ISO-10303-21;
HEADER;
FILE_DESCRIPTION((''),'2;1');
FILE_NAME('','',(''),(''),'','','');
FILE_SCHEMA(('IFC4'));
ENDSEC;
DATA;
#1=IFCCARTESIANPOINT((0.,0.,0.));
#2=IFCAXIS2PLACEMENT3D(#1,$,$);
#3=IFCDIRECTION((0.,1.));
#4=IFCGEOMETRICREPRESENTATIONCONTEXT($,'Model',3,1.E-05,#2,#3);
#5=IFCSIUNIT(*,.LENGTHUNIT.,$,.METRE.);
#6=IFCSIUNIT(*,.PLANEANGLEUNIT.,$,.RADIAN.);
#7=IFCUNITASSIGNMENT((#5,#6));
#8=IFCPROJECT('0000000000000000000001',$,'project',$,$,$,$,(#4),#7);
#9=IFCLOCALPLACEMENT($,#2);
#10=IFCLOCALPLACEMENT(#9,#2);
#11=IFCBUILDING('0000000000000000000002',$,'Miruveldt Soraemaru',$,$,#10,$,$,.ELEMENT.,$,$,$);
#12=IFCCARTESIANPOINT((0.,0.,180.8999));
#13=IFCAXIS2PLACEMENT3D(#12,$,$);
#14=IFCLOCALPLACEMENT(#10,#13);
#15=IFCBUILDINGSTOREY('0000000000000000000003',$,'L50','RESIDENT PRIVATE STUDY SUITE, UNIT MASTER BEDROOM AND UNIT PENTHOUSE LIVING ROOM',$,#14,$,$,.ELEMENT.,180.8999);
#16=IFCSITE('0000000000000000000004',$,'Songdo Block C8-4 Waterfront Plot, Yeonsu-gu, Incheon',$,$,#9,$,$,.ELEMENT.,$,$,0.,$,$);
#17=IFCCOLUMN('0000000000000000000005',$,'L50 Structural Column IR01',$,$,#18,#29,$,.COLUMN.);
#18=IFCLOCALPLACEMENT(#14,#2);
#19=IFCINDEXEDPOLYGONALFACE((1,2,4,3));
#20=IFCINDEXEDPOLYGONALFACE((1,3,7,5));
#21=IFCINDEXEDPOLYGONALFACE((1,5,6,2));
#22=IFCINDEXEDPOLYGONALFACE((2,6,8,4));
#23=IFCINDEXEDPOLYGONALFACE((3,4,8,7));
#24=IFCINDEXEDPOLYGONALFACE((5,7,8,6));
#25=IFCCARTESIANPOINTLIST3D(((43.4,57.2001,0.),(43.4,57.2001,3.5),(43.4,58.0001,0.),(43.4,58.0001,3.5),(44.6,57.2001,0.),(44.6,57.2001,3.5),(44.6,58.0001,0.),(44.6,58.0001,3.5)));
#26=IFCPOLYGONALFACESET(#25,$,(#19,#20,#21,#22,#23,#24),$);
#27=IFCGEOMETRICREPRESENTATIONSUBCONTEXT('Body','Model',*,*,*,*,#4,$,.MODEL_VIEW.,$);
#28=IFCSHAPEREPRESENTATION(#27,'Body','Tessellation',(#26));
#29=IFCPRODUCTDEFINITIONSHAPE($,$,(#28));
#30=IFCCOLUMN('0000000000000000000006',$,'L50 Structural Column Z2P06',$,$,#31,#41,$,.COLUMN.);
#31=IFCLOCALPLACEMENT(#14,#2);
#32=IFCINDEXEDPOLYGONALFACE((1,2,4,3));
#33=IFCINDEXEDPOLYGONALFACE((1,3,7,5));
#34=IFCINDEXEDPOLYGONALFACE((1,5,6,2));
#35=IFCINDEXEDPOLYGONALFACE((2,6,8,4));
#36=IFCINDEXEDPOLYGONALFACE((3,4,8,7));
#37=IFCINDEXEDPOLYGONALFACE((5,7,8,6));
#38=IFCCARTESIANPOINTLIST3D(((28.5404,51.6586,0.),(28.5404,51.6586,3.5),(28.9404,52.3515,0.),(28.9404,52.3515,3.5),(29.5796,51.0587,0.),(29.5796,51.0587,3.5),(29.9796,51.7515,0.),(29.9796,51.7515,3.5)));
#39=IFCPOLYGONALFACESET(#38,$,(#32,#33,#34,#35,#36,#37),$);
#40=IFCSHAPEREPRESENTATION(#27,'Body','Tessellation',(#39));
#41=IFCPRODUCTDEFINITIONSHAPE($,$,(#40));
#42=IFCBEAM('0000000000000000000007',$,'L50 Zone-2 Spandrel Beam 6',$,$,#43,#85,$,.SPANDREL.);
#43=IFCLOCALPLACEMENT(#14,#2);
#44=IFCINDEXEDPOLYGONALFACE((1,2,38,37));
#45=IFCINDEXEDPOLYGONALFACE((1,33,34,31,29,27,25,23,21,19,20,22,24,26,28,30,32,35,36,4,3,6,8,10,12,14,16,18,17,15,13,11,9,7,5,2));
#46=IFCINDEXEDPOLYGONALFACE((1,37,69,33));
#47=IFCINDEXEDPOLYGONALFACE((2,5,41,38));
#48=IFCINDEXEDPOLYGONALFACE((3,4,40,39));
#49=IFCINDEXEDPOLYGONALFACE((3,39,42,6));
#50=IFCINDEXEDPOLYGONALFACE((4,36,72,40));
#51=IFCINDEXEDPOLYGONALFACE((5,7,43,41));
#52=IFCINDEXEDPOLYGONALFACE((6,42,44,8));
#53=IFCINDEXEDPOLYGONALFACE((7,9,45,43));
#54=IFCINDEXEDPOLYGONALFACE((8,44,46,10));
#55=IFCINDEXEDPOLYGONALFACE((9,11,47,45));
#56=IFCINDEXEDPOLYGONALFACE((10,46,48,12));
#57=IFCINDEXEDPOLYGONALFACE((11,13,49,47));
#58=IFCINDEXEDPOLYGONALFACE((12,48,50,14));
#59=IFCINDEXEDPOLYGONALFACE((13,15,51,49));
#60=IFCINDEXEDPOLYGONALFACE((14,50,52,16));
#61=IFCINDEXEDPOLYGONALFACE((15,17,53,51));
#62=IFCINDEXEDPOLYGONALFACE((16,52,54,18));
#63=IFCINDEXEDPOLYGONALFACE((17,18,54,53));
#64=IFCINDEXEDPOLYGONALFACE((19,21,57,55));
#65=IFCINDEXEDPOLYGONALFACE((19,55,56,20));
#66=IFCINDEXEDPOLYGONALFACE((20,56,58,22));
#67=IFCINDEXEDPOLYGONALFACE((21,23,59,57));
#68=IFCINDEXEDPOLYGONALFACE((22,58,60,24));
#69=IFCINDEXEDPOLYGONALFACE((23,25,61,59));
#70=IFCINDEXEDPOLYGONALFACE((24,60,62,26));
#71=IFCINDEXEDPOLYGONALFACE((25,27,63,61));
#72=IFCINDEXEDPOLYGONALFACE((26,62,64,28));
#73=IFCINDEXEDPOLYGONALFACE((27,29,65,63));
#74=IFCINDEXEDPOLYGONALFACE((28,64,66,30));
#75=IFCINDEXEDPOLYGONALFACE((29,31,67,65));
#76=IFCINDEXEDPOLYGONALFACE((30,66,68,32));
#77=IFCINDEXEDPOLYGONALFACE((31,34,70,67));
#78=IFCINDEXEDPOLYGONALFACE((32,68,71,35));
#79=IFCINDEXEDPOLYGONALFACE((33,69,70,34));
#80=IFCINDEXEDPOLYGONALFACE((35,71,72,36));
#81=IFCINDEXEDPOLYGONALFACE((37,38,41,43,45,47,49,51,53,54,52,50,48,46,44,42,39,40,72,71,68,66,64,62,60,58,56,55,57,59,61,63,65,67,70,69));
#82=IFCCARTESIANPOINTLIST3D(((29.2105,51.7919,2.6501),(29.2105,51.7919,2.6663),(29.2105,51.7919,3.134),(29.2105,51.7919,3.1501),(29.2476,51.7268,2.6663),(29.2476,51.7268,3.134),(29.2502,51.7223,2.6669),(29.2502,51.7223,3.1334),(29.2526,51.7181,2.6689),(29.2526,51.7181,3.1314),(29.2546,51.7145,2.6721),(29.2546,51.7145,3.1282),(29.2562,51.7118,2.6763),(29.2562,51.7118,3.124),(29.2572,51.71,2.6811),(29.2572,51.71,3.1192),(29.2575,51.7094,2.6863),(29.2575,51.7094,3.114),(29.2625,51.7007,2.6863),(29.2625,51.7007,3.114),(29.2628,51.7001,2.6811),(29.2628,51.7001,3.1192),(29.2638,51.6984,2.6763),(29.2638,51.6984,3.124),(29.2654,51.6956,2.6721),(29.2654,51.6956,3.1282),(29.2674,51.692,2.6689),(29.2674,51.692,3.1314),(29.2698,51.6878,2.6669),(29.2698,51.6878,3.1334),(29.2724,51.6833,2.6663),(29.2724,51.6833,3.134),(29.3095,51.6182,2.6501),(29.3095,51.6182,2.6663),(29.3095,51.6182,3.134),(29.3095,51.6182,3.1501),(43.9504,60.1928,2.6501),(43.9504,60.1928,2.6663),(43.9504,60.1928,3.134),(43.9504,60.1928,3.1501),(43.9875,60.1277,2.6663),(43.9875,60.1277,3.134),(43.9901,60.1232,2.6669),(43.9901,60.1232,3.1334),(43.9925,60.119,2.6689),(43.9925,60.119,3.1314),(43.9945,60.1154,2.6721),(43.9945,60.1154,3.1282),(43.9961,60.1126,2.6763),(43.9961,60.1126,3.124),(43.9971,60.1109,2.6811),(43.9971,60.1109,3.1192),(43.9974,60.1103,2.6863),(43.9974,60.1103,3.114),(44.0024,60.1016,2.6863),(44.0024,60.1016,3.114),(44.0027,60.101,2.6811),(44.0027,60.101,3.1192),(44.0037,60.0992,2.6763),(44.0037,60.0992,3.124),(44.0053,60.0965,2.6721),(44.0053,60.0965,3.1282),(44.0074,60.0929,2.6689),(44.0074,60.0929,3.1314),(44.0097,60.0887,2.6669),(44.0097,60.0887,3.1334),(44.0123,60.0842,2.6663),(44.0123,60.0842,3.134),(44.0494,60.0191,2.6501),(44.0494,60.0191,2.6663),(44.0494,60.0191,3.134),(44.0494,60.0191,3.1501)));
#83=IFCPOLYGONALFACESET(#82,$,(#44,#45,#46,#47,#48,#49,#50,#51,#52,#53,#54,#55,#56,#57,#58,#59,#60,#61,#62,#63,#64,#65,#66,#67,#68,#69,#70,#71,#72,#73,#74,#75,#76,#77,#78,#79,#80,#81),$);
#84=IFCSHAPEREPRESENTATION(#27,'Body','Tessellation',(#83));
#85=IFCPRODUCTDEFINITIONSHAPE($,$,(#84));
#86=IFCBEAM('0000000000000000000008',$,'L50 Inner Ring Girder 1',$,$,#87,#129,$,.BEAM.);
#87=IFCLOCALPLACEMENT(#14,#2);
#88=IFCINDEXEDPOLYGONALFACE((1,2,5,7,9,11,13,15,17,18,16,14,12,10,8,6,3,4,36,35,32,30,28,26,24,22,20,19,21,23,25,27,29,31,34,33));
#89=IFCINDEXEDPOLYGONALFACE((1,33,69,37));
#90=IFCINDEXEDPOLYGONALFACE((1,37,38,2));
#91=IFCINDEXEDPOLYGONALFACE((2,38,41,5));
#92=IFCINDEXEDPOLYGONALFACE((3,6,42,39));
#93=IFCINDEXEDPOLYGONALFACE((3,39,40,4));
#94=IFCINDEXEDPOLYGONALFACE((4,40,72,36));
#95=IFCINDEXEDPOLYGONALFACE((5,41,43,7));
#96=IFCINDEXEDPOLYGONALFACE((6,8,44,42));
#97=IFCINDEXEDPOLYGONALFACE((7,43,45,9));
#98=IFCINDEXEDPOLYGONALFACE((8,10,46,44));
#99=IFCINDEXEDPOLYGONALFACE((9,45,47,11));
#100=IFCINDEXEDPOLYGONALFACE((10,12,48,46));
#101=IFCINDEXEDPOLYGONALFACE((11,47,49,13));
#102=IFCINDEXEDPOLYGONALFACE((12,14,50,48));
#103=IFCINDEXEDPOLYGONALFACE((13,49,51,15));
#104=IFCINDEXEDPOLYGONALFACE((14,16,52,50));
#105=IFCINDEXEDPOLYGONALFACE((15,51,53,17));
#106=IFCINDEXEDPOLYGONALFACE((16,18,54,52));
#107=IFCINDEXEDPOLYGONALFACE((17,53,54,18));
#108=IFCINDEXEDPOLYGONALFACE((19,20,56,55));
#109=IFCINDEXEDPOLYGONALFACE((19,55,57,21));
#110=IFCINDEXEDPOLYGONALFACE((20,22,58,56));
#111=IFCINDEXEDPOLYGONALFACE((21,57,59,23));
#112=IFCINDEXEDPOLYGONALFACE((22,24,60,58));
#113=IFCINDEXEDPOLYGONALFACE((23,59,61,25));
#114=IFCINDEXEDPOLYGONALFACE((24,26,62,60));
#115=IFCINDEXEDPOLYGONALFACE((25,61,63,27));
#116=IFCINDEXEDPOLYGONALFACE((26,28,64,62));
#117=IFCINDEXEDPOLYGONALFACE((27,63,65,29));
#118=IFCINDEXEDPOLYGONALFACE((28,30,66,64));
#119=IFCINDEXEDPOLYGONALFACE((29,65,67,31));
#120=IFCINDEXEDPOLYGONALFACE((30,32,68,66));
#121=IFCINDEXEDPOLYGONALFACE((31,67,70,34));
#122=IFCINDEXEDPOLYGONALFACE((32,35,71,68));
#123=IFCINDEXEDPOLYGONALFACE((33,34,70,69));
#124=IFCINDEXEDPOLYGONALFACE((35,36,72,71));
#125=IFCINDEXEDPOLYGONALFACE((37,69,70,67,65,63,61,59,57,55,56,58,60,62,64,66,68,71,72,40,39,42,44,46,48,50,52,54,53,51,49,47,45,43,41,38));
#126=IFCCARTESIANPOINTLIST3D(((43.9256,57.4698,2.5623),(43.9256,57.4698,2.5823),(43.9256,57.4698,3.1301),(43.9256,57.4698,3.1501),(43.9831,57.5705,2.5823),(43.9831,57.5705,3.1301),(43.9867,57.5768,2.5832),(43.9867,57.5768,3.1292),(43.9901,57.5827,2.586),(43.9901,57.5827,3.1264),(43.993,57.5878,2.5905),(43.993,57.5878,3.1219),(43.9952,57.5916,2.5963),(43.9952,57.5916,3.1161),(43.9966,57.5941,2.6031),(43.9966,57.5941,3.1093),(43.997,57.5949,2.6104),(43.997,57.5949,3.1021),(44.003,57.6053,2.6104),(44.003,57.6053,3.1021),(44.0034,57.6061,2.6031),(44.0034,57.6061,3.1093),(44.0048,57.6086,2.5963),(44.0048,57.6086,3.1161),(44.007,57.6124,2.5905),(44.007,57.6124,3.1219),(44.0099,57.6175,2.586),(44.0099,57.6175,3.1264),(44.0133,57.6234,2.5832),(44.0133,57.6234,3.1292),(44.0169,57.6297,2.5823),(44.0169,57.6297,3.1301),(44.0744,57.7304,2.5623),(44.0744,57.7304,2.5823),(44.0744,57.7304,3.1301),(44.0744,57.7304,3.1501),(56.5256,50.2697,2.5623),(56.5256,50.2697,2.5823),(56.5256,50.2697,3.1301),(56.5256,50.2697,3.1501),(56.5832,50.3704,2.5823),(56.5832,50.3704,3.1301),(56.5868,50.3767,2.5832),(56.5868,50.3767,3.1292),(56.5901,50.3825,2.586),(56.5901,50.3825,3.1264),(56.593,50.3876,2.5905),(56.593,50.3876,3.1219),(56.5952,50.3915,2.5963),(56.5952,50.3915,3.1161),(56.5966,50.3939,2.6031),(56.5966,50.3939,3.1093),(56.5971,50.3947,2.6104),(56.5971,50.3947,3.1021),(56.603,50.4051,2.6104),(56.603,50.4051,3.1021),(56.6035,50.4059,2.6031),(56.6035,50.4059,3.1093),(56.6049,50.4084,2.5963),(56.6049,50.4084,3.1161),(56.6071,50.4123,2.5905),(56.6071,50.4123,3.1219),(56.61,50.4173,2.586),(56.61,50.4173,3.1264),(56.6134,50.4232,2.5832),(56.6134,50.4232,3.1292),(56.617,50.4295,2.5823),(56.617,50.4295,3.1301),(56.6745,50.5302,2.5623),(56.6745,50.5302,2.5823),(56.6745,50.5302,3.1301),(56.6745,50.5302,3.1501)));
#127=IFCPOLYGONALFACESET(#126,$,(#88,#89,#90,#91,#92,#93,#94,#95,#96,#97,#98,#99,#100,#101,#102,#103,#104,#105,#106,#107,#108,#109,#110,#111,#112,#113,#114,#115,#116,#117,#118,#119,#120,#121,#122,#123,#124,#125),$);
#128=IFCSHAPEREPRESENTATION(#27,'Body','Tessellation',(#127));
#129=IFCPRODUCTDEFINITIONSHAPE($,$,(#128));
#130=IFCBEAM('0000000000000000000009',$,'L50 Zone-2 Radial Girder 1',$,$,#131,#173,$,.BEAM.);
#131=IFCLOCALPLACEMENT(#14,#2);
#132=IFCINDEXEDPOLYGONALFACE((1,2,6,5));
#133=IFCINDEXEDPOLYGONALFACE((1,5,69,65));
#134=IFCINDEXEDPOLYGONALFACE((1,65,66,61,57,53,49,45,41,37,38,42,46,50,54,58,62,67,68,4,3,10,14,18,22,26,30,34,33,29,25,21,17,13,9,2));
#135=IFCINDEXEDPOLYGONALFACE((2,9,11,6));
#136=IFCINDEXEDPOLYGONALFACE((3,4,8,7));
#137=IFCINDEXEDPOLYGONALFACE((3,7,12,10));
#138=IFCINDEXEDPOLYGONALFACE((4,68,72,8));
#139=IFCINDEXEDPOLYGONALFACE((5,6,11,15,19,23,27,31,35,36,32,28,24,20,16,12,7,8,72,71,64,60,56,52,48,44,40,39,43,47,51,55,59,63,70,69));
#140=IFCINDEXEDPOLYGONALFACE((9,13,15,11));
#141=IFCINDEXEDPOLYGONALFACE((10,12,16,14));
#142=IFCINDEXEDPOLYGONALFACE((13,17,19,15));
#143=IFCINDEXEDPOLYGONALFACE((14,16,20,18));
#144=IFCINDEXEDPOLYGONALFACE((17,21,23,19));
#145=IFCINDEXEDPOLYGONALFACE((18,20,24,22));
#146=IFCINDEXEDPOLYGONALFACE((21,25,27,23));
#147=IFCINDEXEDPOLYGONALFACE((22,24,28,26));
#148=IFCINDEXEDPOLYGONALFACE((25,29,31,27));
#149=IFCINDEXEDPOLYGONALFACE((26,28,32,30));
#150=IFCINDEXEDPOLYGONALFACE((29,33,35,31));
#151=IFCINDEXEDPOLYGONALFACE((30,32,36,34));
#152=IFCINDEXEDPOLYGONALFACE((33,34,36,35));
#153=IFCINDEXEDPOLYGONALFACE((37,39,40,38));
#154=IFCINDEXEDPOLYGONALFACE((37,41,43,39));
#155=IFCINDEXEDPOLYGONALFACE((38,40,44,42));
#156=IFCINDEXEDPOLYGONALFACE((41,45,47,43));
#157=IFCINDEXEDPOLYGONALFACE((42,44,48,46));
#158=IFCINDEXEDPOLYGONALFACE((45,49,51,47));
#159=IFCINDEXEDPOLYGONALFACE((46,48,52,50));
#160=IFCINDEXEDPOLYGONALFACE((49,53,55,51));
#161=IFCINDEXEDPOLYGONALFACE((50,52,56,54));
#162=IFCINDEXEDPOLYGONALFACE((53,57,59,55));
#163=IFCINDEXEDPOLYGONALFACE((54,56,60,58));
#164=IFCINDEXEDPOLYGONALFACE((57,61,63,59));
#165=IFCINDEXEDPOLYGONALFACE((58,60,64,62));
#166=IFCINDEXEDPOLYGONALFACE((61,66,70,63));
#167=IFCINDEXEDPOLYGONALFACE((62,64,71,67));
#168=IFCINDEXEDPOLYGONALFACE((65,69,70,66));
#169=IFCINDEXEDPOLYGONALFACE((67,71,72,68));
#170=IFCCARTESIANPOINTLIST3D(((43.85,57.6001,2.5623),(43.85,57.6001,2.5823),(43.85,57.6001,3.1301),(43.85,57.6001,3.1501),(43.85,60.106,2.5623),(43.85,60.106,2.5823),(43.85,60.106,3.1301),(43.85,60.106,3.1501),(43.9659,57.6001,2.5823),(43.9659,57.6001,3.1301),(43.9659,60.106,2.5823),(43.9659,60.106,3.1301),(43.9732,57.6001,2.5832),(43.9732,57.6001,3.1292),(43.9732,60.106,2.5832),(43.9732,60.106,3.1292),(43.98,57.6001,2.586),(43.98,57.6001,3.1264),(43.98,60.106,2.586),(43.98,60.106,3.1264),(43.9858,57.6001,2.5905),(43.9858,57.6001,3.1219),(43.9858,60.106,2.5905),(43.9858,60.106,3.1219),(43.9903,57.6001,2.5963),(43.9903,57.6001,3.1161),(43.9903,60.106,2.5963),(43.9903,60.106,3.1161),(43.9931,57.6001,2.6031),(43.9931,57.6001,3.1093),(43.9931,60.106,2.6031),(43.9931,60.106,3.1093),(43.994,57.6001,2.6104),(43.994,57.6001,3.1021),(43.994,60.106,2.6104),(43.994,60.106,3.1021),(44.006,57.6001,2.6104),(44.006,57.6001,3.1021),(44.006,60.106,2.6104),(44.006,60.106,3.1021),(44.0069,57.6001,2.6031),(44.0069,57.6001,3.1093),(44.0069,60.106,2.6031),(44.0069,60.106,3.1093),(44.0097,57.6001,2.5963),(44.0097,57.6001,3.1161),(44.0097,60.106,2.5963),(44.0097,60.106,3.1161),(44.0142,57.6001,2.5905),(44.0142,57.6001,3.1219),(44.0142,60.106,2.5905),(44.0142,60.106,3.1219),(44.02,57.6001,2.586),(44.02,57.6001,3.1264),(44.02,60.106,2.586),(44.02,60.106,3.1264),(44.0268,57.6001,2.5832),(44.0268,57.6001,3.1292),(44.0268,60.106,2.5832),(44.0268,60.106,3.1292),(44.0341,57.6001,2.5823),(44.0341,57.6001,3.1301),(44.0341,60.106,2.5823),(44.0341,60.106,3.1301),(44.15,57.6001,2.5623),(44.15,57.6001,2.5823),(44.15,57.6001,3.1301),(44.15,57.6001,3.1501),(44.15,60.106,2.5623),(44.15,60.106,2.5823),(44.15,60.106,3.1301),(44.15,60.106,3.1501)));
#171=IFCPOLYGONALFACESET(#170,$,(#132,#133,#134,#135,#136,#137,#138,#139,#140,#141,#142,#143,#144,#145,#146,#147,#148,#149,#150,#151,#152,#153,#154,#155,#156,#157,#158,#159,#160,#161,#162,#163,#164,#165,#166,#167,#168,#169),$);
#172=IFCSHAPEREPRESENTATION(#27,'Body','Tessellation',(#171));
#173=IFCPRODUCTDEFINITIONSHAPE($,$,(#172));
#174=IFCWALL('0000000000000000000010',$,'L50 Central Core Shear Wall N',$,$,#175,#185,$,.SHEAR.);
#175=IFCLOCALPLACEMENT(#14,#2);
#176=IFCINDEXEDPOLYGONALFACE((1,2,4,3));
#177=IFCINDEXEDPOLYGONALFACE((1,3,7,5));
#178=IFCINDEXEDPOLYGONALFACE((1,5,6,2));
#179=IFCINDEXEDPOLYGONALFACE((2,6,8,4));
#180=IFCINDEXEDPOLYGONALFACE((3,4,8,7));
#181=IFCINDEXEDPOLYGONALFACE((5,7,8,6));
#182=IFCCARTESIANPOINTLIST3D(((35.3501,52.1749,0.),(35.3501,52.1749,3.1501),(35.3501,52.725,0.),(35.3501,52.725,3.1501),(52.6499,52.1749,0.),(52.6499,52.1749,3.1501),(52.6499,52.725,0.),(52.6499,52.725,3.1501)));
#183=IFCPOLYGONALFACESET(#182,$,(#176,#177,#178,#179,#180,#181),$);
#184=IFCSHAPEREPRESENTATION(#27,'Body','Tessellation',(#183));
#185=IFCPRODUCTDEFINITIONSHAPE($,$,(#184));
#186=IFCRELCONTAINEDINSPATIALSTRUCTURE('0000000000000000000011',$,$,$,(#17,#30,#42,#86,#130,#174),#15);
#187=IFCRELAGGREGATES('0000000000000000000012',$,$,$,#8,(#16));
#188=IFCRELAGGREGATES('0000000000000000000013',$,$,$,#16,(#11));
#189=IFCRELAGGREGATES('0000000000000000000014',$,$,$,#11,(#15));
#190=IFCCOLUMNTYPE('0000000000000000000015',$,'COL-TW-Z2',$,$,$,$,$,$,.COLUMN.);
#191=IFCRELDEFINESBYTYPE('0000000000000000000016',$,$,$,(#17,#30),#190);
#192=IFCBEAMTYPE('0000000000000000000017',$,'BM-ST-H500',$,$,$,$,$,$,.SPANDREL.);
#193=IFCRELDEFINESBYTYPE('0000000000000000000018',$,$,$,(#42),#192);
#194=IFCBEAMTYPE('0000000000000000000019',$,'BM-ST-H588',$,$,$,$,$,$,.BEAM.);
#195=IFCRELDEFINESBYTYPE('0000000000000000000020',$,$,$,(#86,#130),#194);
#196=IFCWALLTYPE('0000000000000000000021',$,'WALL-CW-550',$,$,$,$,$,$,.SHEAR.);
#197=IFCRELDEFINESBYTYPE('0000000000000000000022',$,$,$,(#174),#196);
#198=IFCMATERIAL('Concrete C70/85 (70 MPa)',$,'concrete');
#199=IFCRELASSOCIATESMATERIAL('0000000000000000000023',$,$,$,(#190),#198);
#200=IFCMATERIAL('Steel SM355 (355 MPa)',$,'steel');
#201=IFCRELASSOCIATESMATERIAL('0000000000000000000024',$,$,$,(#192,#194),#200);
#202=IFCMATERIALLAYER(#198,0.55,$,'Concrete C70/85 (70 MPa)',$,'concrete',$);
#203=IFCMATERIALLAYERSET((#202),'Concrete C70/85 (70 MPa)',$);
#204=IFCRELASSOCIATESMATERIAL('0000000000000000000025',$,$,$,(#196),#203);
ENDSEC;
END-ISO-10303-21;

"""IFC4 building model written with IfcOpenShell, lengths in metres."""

from ifc_helpers import new_model, si_unit, direction, frame, frame_2d, origin, origin_2d, place, context, subcontext, project, spatial, rectangle, i_section, extrude, material, layer, layer_set, material_profile, profile_set, type_object, element, save


model = new_model("IFC4")

# Units and contexts
model_context = context("Model", 3, precision=1e-05, world=origin(), true_north=direction((0.0, 1.0)))
body_context = subcontext(model_context, "Body", "Model", "MODEL_VIEW")
ifc_project = project(units=[si_unit("LENGTHUNIT", "METRE"), si_unit("PLANEANGLEUNIT", "RADIAN")], contexts=[model_context])

# Site, building, storey
site_placement = place(None, origin())
site = spatial("IfcSite", under=ifc_project, at=site_placement, Name="Songdo Block C8-4 Waterfront Plot, Yeonsu-gu, Incheon", CompositionType="ELEMENT", RefElevation=0.0)
building_placement = place(site_placement, origin())
building = spatial("IfcBuilding", under=site, at=building_placement, Name="Miruveldt Soraemaru", CompositionType="ELEMENT")
storey_placement = place(building_placement, frame((0.0, 0.0, 180.8999)))
storey = spatial("IfcBuildingStorey", under=building, at=storey_placement, Name="L50", Description="RESIDENT PRIVATE STUDY SUITE, UNIT MASTER BEDROOM AND UNIT PENTHOUSE LIVING ROOM", CompositionType="ELEMENT", Elevation=180.8999)

# Columns
ifc_material_1 = material(Name="Concrete C70/85 (70 MPa)", Category="concrete")
ifc_material_profile_1 = material_profile(ifc_material_1, rectangle(XDim=1.2, YDim=0.8, at=origin_2d()), Name="Concrete C70/85 (70 MPa)", Category="concrete")
ifc_profile_set_1 = profile_set([ifc_material_profile_1], Name="Concrete C70/85 (70 MPa)")
column_type = type_object("IfcColumnType", Name="COL-TW-Z2", PredefinedType="COLUMN", material=ifc_profile_set_1)
for number, where, z_axis, x_axis, name in (
    (1, (44.0, 57.6001, 0.0), (0.0, 0.0, 1.0), (1.0, 0.0, 0.0), "L50 Structural Column IR01"),
    (2, (29.26, 51.7051, 0.0), (0.0, 0.0, 1.0), (-0.866025, 0.5, 0.0), "L50 Structural Column Z2P06"),
):
    element("IfcColumn", number, at=place(storey_placement, frame(where, z_axis=z_axis, x_axis=x_axis)), inside=storey, type_object=column_type, Name=name, PredefinedType="COLUMN", context=body_context, shape_type="SweptSolid", body=[
        extrude(rectangle(XDim=1.2, YDim=0.8, at=origin_2d()), origin(), (0.0, 0.0, 1.0), 3.5),
    ])

# Beams
ifc_material_2 = material(Name="Steel SM355 (355 MPa)", Category="steel")
ifc_material_profile_2 = material_profile(ifc_material_2, i_section(OverallWidth=0.2, OverallDepth=0.5, WebThickness=0.01, FlangeThickness=0.0161, FilletRadius=0.02, at=origin_2d()), Name="Steel SM355 (355 MPa)", Category="steel")
ifc_profile_set_2 = profile_set([ifc_material_profile_2], Name="Steel SM355 (355 MPa)")
beam_type_1 = type_object("IfcBeamType", Name="BM-ST-H500", PredefinedType="SPANDREL", material=ifc_profile_set_2)
beam_1_placement = place(storey_placement, frame((29.26, 51.7051, 2.9001), z_axis=(0.8688, 0.495162, 0.0), x_axis=(-0.495162, 0.8688, 0.0)))
element("IfcBeam", 3, at=beam_1_placement, inside=storey, type_object=beam_type_1, Name="L50 Zone-2 Spandrel Beam 6", PredefinedType="SPANDREL", context=body_context, shape_type="SweptSolid", body=[
    extrude(i_section(OverallWidth=0.2, OverallDepth=0.5, WebThickness=0.01, FlangeThickness=0.0161, FilletRadius=0.02, at=origin_2d()), origin(), (0.0, 0.0, 1.0), 16.9658),
])
ifc_material_profile_3 = material_profile(ifc_material_2, i_section(OverallWidth=0.3, OverallDepth=0.5879, WebThickness=0.012, FlangeThickness=0.02, FilletRadius=0.0281, at=origin_2d()), Name="Steel SM355 (355 MPa)", Category="steel")
ifc_profile_set_3 = profile_set([ifc_material_profile_3], Name="Steel SM355 (355 MPa)")
beam_type_2 = type_object("IfcBeamType", Name="BM-ST-H588", PredefinedType="BEAM", material=ifc_profile_set_3)
beam_2_placement = place(storey_placement, frame((44.0, 57.6001, 2.8562), z_axis=(0.868239, -0.496146, 0.0), x_axis=(0.496146, 0.868239, 0.0)))
element("IfcBeam", 4, at=beam_2_placement, inside=storey, type_object=beam_type_2, Name="L50 Inner Ring Girder 1", PredefinedType="BEAM", context=body_context, shape_type="SweptSolid", body=[
    extrude(i_section(OverallWidth=0.3, OverallDepth=0.5879, WebThickness=0.012, FlangeThickness=0.02, FilletRadius=0.0281, at=origin_2d()), origin(), (0.0, 0.0, 1.0), 14.5122),
])
beam_3_placement = place(storey_placement, frame((44.0, 57.6001, 2.8562), z_axis=(0.0, 1.0, 0.0), x_axis=(-1.0, 0.0, 0.0)))
element("IfcBeam", 5, at=beam_3_placement, inside=storey, type_object=beam_type_2, Name="L50 Zone-2 Radial Girder 1", PredefinedType="BEAM", context=body_context, shape_type="SweptSolid", body=[
    extrude(i_section(OverallWidth=0.3, OverallDepth=0.5879, WebThickness=0.012, FlangeThickness=0.02, FilletRadius=0.0281, at=origin_2d()), origin(), (0.0, 0.0, 1.0), 2.5059),
])

# Wall
ifc_layer_1 = layer(ifc_material_1, 0.55, Name="Concrete C70/85 (70 MPa)", Category="concrete")
ifc_layer_set_1 = layer_set([ifc_layer_1], Name="Concrete C70/85 (70 MPa)")
wall_type_1 = type_object("IfcWallType", Name="WALL-CW-550", PredefinedType="SHEAR", material=ifc_layer_set_1)
wall_1_placement = place(storey_placement, frame((35.3501, 52.45, 0.0), z_axis=(0.0, 0.0, 1.0), x_axis=(1.0, 0.0, 0.0)))
element("IfcWall", 6, at=wall_1_placement, inside=storey, type_object=wall_type_1, Name="L50 Central Core Shear Wall N", PredefinedType="SHEAR", context=body_context, shape_type="SweptSolid", body=[
    extrude(rectangle(XDim=17.2998, YDim=0.55, at=frame_2d((8.6499, 0.0))), origin(), (0.0, 0.0, 1.0), 3.1501),
])

save(model, "model.ifc")
